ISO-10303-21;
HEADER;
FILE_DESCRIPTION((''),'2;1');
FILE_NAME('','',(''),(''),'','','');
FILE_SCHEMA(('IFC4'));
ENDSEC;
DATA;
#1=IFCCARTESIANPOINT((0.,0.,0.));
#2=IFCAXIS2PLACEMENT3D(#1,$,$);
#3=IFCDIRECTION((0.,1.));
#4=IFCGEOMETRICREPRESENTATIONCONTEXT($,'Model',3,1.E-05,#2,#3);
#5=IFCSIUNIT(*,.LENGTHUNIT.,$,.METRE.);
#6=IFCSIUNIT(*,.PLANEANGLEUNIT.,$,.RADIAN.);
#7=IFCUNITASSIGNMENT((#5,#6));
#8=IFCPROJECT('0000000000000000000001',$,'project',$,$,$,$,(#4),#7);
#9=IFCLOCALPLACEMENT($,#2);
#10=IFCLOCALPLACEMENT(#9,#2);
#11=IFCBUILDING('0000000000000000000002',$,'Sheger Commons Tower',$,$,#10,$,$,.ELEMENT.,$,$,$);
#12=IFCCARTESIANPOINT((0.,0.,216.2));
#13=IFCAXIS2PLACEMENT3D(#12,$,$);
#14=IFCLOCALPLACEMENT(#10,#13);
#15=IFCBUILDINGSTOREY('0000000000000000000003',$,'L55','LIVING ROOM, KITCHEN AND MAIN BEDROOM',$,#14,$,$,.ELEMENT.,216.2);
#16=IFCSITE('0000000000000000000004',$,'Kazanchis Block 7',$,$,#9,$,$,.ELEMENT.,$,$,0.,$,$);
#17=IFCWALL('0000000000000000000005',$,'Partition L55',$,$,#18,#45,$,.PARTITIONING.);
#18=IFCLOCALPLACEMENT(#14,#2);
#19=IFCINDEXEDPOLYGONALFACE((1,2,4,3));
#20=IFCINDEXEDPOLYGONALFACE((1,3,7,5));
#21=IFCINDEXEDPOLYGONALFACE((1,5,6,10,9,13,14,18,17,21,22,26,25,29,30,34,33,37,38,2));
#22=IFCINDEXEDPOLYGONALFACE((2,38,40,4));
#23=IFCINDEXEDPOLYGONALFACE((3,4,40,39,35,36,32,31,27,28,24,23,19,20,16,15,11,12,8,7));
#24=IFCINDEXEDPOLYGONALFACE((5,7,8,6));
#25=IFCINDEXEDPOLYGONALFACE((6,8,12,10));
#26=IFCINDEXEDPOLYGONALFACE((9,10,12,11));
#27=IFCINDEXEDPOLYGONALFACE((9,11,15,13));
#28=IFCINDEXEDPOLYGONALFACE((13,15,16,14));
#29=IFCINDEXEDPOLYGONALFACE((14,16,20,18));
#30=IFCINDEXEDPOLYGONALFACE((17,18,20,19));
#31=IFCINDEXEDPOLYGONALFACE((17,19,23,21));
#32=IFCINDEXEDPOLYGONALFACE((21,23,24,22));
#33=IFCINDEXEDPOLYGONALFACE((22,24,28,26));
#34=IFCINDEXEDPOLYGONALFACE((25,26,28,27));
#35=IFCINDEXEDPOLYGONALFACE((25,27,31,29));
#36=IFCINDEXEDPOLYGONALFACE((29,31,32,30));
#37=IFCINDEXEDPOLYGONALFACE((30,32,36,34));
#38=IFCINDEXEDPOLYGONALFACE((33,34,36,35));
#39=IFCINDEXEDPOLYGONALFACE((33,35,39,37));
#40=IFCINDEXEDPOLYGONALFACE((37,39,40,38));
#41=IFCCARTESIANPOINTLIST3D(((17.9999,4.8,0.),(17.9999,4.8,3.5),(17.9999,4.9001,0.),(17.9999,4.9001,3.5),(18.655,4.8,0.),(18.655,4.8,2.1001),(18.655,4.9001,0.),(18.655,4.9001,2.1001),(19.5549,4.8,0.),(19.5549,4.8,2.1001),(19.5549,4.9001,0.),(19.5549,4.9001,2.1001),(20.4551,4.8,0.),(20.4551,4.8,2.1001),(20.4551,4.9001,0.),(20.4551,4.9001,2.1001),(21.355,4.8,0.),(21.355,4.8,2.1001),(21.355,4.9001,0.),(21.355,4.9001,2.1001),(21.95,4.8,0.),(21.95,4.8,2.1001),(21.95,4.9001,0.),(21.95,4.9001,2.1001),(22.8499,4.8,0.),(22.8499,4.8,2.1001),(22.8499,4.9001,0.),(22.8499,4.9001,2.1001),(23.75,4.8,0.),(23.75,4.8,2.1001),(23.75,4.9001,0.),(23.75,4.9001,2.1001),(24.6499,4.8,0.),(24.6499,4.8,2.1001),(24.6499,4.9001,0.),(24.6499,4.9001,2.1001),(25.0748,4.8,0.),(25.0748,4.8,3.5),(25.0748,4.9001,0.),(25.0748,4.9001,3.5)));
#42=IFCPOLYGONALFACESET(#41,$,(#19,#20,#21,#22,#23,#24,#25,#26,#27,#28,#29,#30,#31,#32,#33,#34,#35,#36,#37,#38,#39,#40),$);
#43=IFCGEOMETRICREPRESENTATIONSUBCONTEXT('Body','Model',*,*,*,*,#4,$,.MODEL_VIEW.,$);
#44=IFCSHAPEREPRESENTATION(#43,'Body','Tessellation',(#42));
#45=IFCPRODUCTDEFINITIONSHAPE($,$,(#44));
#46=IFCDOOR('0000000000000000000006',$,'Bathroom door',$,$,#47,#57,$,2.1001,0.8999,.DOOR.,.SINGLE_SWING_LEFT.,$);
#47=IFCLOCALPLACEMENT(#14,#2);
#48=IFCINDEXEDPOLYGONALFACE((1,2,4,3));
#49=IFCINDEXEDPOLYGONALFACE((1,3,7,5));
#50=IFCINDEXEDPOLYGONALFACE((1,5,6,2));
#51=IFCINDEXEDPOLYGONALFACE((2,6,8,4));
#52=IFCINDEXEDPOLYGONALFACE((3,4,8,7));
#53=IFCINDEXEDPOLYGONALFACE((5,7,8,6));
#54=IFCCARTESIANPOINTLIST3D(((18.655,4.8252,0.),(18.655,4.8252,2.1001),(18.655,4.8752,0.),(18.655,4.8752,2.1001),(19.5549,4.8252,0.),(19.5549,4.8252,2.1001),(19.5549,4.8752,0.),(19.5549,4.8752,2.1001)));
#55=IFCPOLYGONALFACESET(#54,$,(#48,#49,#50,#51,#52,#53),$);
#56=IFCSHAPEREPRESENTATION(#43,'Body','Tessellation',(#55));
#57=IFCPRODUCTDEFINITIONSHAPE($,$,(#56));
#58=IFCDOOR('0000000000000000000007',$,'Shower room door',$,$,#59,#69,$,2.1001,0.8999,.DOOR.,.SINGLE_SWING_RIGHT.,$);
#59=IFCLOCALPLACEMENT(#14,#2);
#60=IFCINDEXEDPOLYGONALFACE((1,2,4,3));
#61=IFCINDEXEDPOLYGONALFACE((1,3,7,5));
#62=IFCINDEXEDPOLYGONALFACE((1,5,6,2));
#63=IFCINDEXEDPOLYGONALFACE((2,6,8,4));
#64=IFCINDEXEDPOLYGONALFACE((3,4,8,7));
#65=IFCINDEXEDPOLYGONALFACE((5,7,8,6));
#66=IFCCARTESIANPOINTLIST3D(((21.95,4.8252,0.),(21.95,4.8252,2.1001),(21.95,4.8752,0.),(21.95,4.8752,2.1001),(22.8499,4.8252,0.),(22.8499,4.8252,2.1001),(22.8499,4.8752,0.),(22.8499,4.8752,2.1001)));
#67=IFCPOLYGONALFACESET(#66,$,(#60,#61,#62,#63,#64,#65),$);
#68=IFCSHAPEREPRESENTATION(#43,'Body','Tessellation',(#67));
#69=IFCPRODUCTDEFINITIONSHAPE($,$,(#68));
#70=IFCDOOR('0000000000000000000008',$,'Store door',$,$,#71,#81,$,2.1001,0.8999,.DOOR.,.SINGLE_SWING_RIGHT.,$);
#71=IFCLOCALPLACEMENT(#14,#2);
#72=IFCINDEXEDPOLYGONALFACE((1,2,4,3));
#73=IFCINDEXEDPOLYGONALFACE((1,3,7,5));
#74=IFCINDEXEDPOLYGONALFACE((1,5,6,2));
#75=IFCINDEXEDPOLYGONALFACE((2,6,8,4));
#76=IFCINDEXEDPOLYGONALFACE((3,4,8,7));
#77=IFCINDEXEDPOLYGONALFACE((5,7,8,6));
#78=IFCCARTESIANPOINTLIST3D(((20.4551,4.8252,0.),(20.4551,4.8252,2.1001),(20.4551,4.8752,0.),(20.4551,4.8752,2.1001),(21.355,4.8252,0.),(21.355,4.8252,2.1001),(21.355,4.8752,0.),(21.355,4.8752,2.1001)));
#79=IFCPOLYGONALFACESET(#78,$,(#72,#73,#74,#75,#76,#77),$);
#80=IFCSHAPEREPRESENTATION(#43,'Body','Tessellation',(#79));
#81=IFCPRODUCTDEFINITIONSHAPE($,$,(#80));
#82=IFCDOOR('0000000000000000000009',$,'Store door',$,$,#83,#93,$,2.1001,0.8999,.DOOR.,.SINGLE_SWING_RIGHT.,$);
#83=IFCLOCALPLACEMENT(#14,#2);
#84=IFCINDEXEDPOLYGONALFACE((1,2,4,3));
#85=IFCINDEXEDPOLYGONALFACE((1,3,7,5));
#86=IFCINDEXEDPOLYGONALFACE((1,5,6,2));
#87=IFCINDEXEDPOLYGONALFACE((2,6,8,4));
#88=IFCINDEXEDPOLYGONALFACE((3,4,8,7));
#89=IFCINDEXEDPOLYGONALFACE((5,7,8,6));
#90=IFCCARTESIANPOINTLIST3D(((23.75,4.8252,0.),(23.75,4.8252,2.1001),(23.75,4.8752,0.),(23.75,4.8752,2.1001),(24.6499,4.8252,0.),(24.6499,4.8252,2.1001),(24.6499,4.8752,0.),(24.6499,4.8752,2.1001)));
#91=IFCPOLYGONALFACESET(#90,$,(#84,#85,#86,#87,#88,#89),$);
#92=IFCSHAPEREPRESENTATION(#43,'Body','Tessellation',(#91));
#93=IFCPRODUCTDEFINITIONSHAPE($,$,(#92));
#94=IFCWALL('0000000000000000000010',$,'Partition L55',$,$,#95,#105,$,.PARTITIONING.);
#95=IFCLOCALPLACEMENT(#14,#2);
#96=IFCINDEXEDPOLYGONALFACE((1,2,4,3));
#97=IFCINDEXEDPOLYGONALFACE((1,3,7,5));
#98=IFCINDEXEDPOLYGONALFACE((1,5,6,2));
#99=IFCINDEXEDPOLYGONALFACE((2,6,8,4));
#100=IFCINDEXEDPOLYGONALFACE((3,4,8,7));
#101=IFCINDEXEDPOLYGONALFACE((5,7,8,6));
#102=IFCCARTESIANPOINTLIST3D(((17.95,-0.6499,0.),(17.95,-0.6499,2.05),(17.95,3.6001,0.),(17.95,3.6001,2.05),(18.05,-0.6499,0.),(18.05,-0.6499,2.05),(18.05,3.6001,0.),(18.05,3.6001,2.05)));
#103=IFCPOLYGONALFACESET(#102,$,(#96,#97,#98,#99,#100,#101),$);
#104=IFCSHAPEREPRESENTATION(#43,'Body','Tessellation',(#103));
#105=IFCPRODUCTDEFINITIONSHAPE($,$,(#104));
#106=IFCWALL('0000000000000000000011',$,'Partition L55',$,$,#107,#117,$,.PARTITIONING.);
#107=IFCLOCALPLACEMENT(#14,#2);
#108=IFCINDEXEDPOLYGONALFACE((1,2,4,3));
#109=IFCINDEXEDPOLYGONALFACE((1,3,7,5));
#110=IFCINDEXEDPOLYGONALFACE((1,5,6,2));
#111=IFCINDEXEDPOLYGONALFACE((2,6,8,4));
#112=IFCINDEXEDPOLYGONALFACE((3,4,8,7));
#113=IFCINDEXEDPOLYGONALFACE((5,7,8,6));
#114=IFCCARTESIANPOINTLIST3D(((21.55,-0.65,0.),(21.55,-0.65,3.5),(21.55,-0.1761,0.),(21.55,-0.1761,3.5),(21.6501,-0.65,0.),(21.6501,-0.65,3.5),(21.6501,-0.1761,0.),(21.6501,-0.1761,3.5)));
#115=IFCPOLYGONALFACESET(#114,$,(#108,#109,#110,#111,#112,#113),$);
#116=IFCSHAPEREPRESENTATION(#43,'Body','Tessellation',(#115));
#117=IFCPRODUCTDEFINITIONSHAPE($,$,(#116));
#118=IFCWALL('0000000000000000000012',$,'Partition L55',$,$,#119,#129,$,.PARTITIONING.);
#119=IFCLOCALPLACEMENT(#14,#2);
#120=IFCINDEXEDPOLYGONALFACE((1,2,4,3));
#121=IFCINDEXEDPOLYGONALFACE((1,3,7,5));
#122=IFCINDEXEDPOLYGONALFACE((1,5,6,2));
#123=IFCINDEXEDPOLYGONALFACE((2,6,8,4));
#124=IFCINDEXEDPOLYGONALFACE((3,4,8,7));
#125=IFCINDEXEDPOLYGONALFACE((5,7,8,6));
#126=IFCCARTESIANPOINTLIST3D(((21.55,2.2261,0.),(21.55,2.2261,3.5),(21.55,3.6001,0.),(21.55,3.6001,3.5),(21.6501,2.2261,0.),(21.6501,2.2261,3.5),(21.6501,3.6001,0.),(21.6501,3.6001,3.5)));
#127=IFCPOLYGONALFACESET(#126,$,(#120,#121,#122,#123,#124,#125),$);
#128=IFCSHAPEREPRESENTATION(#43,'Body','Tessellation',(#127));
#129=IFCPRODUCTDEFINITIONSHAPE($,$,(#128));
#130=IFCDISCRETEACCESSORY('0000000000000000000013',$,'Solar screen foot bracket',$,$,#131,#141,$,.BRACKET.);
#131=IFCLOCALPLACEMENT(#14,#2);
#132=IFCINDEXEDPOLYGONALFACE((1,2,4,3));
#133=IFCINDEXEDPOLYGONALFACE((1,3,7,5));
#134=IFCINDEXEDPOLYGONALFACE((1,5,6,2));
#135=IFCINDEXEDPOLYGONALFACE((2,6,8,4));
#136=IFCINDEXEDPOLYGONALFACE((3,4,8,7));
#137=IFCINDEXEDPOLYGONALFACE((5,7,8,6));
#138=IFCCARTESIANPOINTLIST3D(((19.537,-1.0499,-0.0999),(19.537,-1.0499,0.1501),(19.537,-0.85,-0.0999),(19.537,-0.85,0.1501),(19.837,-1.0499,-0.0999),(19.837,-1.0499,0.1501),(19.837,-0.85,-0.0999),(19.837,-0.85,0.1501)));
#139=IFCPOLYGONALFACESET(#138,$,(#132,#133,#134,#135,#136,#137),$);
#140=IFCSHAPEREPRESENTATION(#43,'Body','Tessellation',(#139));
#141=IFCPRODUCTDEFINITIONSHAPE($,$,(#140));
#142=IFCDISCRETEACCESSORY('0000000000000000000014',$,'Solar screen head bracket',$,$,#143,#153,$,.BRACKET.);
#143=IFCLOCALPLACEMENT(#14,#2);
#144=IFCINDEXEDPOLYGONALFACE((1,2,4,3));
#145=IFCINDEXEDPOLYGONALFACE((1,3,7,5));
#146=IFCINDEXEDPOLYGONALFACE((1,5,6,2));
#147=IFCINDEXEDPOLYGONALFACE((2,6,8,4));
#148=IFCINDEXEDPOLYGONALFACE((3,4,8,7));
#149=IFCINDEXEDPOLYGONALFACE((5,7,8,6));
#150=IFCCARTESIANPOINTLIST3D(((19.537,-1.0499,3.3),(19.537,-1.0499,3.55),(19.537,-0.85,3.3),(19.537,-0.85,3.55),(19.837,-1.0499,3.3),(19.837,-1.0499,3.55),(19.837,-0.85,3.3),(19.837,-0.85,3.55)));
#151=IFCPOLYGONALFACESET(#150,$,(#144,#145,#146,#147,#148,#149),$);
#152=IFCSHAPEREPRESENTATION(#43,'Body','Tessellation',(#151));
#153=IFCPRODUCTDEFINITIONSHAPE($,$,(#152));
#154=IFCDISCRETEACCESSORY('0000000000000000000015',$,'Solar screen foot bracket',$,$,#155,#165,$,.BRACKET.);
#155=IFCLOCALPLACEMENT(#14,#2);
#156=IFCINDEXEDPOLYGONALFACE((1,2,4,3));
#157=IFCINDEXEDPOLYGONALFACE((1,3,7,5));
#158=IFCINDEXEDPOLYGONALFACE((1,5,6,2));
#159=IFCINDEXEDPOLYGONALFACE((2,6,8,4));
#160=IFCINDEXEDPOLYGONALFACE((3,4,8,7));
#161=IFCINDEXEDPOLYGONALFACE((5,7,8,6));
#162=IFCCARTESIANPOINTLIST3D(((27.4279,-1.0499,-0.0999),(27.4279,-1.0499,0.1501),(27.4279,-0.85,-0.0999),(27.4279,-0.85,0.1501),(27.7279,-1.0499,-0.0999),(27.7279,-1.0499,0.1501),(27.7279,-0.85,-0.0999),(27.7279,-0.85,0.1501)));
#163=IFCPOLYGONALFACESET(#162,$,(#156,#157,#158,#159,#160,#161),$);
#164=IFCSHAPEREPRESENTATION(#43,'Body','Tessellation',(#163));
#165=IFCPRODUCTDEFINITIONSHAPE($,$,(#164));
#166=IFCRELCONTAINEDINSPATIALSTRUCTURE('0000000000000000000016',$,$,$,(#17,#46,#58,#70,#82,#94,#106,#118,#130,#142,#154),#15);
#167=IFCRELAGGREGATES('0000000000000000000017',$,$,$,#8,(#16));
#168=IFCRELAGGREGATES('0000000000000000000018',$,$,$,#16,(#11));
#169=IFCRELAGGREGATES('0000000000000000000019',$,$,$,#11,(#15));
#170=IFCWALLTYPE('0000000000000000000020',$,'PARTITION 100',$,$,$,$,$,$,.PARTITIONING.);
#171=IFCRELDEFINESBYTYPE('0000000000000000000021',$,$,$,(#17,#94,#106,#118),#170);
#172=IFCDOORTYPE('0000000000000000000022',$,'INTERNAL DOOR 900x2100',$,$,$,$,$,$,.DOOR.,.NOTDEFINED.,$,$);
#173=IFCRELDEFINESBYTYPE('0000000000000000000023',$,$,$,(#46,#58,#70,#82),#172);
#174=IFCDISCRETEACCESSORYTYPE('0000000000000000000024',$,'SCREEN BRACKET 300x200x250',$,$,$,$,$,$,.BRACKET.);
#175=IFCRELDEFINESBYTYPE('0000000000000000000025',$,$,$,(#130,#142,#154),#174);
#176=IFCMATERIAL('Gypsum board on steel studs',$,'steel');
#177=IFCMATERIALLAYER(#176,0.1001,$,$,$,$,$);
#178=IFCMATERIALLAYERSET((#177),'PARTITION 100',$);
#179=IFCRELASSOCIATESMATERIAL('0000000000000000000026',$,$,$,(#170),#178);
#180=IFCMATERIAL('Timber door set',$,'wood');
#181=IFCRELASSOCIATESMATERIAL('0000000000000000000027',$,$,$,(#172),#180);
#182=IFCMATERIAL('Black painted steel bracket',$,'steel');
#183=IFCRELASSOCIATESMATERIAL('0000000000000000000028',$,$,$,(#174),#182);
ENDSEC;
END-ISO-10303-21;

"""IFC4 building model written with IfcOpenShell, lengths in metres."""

from ifc_helpers import new_model, si_unit, direction, frame, frame_2d, origin, origin_2d, place, context, subcontext, project, spatial, rectangle, extrude, material, layer, layer_set, type_object, element, fill, save


model = new_model("IFC4")

# Units and contexts
model_context = context("Model", 3, precision=1e-05, world=origin(), true_north=direction((0.0, 1.0)))
body_context = subcontext(model_context, "Body", "Model", "MODEL_VIEW")
ifc_project = project(units=[si_unit("LENGTHUNIT", "METRE"), si_unit("PLANEANGLEUNIT", "RADIAN")], contexts=[model_context])

# Site, building, storey
site_placement = place(None, origin())
site = spatial("IfcSite", under=ifc_project, at=site_placement, Name="Kazanchis Block 7", CompositionType="ELEMENT", RefElevation=0.0)
building_placement = place(site_placement, origin())
building = spatial("IfcBuilding", under=site, at=building_placement, Name="Sheger Commons Tower", CompositionType="ELEMENT")
storey_placement = place(building_placement, frame((0.0, 0.0, 216.2)))
storey = spatial("IfcBuildingStorey", under=building, at=storey_placement, Name="L55", Description="LIVING ROOM, KITCHEN AND MAIN BEDROOM", CompositionType="ELEMENT", Elevation=216.2)

# Wall, openings, doors
ifc_material_1 = material(Name="Gypsum board on steel studs", Category="steel")
ifc_layer_1 = layer(ifc_material_1, 0.1001)
ifc_layer_set_1 = layer_set([ifc_layer_1], Name="PARTITION 100")
wall_type_1 = type_object("IfcWallType", Name="PARTITION 100", PredefinedType="PARTITIONING", material=ifc_layer_set_1)
ifc_material_2 = material(Name="Timber door set", Category="wood")
door_type = type_object("IfcDoorType", Name="INTERNAL DOOR 900x2100", OperationType="NOTDEFINED", PredefinedType="DOOR", material=ifc_material_2)
wall_1_placement = place(storey_placement, frame((25.075, 4.8501, 0.0), z_axis=(0.0, 0.0, 1.0), x_axis=(-1.0, 0.0, 0.0)))
wall_1 = element("IfcWall", 1, at=wall_1_placement, inside=storey, type_object=wall_type_1, Name="Partition L55", PredefinedType="PARTITIONING", context=body_context, shape_type="SweptSolid", body=[
    extrude(rectangle(XDim=7.075, YDim=0.1001, at=frame_2d((3.5376, 0.0))), origin(), (0.0, 0.0, 1.0), 3.5),
])
opening_1_placement = place(wall_1_placement, frame((5.52, 0.0, 0.0)))
opening_1 = element("IfcOpeningElement", 2, at=opening_1_placement, cuts=wall_1, PredefinedType="OPENING", context=body_context, shape_type="SweptSolid", body=[
    extrude(rectangle(XDim=0.8999, YDim=2.1001, at=frame_2d((0.45, 1.05))), frame((0.0, 0.0601, 0.0), z_axis=(0.0, -1.0, 0.0), x_axis=(1.0, 0.0, 0.0)), (0.0, 0.0, 1.0), 0.1201),
])
opening_2_placement = place(wall_1_placement, frame((2.2251, 0.0, 0.0)))
opening_2 = element("IfcOpeningElement", 3, at=opening_2_placement, cuts=wall_1, PredefinedType="OPENING", context=body_context, shape_type="SweptSolid", body=[
    extrude(rectangle(XDim=0.8999, YDim=2.1001, at=frame_2d((0.45, 1.05))), frame((0.0, 0.0601, 0.0), z_axis=(0.0, -1.0, 0.0), x_axis=(1.0, 0.0, 0.0)), (0.0, 0.0, 1.0), 0.1201),
])
opening_3_placement = place(wall_1_placement, frame((3.72, 0.0, 0.0)))
opening_3 = element("IfcOpeningElement", 4, at=opening_3_placement, cuts=wall_1, PredefinedType="OPENING", context=body_context, shape_type="SweptSolid", body=[
    extrude(rectangle(XDim=0.8999, YDim=2.1001, at=frame_2d((0.45, 1.05))), frame((0.0, 0.0601, 0.0), z_axis=(0.0, -1.0, 0.0), x_axis=(1.0, 0.0, 0.0)), (0.0, 0.0, 1.0), 0.1201),
])
opening_4_placement = place(wall_1_placement, frame((0.425, 0.0, 0.0)))
opening_4 = element("IfcOpeningElement", 5, at=opening_4_placement, cuts=wall_1, PredefinedType="OPENING", context=body_context, shape_type="SweptSolid", body=[
    extrude(rectangle(XDim=0.8999, YDim=2.1001, at=frame_2d((0.45, 1.05))), frame((0.0, 0.0601, 0.0), z_axis=(0.0, -1.0, 0.0), x_axis=(1.0, 0.0, 0.0)), (0.0, 0.0, 1.0), 0.1201),
])
door_1_placement = place(opening_1_placement, origin())
door_1 = element("IfcDoor", 6, at=door_1_placement, inside=storey, type_object=door_type, Name="Bathroom door", OperationType="SINGLE_SWING_LEFT", OverallHeight=2.1001, OverallWidth=0.8999, PredefinedType="DOOR", context=body_context, shape_type="SweptSolid", body=[
    extrude(rectangle(XDim=0.8999, YDim=2.1001, at=frame_2d((0.45, 1.05))), frame((0.0, 0.0249, 0.0), z_axis=(0.0, -1.0, 0.0), x_axis=(1.0, 0.0, 0.0)), (0.0, 0.0, 1.0), 0.05),
])
fill(opening_1, door_1)
door_2_placement = place(opening_2_placement, origin())
door_2 = element("IfcDoor", 7, at=door_2_placement, inside=storey, type_object=door_type, Name="Shower room door", OperationType="SINGLE_SWING_RIGHT", OverallHeight=2.1001, OverallWidth=0.8999, PredefinedType="DOOR", context=body_context, shape_type="SweptSolid", body=[
    extrude(rectangle(XDim=0.8999, YDim=2.1001, at=frame_2d((0.45, 1.05))), frame((0.0, 0.0249, 0.0), z_axis=(0.0, -1.0, 0.0), x_axis=(1.0, 0.0, 0.0)), (0.0, 0.0, 1.0), 0.05),
])
fill(opening_2, door_2)
door_3_placement = place(opening_3_placement, origin())
door_3 = element("IfcDoor", 8, at=door_3_placement, inside=storey, type_object=door_type, Name="Store door", OperationType="SINGLE_SWING_RIGHT", OverallHeight=2.1001, OverallWidth=0.8999, PredefinedType="DOOR", context=body_context, shape_type="SweptSolid", body=[
    extrude(rectangle(XDim=0.8999, YDim=2.1001, at=frame_2d((0.45, 1.05))), frame((0.0, 0.0249, 0.0), z_axis=(0.0, -1.0, 0.0), x_axis=(1.0, 0.0, 0.0)), (0.0, 0.0, 1.0), 0.05),
])
fill(opening_3, door_3)
door_4_placement = place(opening_4_placement, origin())
door_4 = element("IfcDoor", 9, at=door_4_placement, inside=storey, type_object=door_type, Name="Store door", OperationType="SINGLE_SWING_RIGHT", OverallHeight=2.1001, OverallWidth=0.8999, PredefinedType="DOOR", context=body_context, shape_type="SweptSolid", body=[
    extrude(rectangle(XDim=0.8999, YDim=2.1001, at=frame_2d((0.45, 1.05))), frame((0.0, 0.0249, 0.0), z_axis=(0.0, -1.0, 0.0), x_axis=(1.0, 0.0, 0.0)), (0.0, 0.0, 1.0), 0.05),
])
fill(opening_4, door_4)

# Walls
wall_2_placement = place(storey_placement, frame((18.0, -0.6499, 0.0), z_axis=(0.0, 0.0, 1.0), x_axis=(0.0, 1.0, 0.0)))
element("IfcWall", 10, at=wall_2_placement, inside=storey, type_object=wall_type_1, Name="Partition L55", PredefinedType="PARTITIONING", context=body_context, shape_type="SweptSolid", body=[
    extrude(rectangle(XDim=4.25, YDim=0.1001, at=frame_2d((2.125, 0.0))), origin(), (0.0, 0.0, 1.0), 2.05),
])
wall_3_placement = place(storey_placement, frame((21.6001, -0.6499, 0.0), z_axis=(0.0, 0.0, 1.0), x_axis=(0.0, 1.0, 0.0)))
element("IfcWall", 11, at=wall_3_placement, inside=storey, type_object=wall_type_1, Name="Partition L55", PredefinedType="PARTITIONING", context=body_context, shape_type="SweptSolid", body=[
    extrude(rectangle(XDim=0.4739, YDim=0.1001, at=frame_2d((0.2368, 0.0))), origin(), (0.0, 0.0, 1.0), 3.5),
])
wall_4_placement = place(storey_placement, frame((21.6001, 2.2261, 0.0), z_axis=(0.0, 0.0, 1.0), x_axis=(0.0, 1.0, 0.0)))
element("IfcWall", 12, at=wall_4_placement, inside=storey, type_object=wall_type_1, Name="Partition L55", PredefinedType="PARTITIONING", context=body_context, shape_type="SweptSolid", body=[
    extrude(rectangle(XDim=1.374, YDim=0.1001, at=frame_2d((0.687, 0.0))), origin(), (0.0, 0.0, 1.0), 3.5),
])

# Discrete accessories
ifc_material_3 = material(Name="Black painted steel bracket", Category="steel")
discrete_accessory_type = type_object("IfcDiscreteAccessoryType", Name="SCREEN BRACKET 300x200x250", PredefinedType="BRACKET", material=ifc_material_3)
for number, where, z_axis, x_axis, name in (
    (13, (19.687, -0.95, -0.0999), (0.0, 0.0, 1.0), (1.0, 0.0, 0.0), "Solar screen foot bracket"),
    (14, (19.687, -0.95, 3.3), (0.0, 0.0, 1.0), (1.0, 0.0, 0.0), "Solar screen head bracket"),
    (15, (27.5779, -0.95, -0.0999), (0.0, 0.0, 1.0), (1.0, 0.0, 0.0), "Solar screen foot bracket"),
):
    element("IfcDiscreteAccessory", number, at=place(storey_placement, frame(where, z_axis=z_axis, x_axis=x_axis)), inside=storey, type_object=discrete_accessory_type, Name=name, PredefinedType="BRACKET", context=body_context, shape_type="SweptSolid", body=[
        extrude(rectangle(XDim=0.3, YDim=0.2, at=origin_2d()), origin(), (0.0, 0.0, 1.0), 0.25),
    ])

save(model, "model.ifc")
